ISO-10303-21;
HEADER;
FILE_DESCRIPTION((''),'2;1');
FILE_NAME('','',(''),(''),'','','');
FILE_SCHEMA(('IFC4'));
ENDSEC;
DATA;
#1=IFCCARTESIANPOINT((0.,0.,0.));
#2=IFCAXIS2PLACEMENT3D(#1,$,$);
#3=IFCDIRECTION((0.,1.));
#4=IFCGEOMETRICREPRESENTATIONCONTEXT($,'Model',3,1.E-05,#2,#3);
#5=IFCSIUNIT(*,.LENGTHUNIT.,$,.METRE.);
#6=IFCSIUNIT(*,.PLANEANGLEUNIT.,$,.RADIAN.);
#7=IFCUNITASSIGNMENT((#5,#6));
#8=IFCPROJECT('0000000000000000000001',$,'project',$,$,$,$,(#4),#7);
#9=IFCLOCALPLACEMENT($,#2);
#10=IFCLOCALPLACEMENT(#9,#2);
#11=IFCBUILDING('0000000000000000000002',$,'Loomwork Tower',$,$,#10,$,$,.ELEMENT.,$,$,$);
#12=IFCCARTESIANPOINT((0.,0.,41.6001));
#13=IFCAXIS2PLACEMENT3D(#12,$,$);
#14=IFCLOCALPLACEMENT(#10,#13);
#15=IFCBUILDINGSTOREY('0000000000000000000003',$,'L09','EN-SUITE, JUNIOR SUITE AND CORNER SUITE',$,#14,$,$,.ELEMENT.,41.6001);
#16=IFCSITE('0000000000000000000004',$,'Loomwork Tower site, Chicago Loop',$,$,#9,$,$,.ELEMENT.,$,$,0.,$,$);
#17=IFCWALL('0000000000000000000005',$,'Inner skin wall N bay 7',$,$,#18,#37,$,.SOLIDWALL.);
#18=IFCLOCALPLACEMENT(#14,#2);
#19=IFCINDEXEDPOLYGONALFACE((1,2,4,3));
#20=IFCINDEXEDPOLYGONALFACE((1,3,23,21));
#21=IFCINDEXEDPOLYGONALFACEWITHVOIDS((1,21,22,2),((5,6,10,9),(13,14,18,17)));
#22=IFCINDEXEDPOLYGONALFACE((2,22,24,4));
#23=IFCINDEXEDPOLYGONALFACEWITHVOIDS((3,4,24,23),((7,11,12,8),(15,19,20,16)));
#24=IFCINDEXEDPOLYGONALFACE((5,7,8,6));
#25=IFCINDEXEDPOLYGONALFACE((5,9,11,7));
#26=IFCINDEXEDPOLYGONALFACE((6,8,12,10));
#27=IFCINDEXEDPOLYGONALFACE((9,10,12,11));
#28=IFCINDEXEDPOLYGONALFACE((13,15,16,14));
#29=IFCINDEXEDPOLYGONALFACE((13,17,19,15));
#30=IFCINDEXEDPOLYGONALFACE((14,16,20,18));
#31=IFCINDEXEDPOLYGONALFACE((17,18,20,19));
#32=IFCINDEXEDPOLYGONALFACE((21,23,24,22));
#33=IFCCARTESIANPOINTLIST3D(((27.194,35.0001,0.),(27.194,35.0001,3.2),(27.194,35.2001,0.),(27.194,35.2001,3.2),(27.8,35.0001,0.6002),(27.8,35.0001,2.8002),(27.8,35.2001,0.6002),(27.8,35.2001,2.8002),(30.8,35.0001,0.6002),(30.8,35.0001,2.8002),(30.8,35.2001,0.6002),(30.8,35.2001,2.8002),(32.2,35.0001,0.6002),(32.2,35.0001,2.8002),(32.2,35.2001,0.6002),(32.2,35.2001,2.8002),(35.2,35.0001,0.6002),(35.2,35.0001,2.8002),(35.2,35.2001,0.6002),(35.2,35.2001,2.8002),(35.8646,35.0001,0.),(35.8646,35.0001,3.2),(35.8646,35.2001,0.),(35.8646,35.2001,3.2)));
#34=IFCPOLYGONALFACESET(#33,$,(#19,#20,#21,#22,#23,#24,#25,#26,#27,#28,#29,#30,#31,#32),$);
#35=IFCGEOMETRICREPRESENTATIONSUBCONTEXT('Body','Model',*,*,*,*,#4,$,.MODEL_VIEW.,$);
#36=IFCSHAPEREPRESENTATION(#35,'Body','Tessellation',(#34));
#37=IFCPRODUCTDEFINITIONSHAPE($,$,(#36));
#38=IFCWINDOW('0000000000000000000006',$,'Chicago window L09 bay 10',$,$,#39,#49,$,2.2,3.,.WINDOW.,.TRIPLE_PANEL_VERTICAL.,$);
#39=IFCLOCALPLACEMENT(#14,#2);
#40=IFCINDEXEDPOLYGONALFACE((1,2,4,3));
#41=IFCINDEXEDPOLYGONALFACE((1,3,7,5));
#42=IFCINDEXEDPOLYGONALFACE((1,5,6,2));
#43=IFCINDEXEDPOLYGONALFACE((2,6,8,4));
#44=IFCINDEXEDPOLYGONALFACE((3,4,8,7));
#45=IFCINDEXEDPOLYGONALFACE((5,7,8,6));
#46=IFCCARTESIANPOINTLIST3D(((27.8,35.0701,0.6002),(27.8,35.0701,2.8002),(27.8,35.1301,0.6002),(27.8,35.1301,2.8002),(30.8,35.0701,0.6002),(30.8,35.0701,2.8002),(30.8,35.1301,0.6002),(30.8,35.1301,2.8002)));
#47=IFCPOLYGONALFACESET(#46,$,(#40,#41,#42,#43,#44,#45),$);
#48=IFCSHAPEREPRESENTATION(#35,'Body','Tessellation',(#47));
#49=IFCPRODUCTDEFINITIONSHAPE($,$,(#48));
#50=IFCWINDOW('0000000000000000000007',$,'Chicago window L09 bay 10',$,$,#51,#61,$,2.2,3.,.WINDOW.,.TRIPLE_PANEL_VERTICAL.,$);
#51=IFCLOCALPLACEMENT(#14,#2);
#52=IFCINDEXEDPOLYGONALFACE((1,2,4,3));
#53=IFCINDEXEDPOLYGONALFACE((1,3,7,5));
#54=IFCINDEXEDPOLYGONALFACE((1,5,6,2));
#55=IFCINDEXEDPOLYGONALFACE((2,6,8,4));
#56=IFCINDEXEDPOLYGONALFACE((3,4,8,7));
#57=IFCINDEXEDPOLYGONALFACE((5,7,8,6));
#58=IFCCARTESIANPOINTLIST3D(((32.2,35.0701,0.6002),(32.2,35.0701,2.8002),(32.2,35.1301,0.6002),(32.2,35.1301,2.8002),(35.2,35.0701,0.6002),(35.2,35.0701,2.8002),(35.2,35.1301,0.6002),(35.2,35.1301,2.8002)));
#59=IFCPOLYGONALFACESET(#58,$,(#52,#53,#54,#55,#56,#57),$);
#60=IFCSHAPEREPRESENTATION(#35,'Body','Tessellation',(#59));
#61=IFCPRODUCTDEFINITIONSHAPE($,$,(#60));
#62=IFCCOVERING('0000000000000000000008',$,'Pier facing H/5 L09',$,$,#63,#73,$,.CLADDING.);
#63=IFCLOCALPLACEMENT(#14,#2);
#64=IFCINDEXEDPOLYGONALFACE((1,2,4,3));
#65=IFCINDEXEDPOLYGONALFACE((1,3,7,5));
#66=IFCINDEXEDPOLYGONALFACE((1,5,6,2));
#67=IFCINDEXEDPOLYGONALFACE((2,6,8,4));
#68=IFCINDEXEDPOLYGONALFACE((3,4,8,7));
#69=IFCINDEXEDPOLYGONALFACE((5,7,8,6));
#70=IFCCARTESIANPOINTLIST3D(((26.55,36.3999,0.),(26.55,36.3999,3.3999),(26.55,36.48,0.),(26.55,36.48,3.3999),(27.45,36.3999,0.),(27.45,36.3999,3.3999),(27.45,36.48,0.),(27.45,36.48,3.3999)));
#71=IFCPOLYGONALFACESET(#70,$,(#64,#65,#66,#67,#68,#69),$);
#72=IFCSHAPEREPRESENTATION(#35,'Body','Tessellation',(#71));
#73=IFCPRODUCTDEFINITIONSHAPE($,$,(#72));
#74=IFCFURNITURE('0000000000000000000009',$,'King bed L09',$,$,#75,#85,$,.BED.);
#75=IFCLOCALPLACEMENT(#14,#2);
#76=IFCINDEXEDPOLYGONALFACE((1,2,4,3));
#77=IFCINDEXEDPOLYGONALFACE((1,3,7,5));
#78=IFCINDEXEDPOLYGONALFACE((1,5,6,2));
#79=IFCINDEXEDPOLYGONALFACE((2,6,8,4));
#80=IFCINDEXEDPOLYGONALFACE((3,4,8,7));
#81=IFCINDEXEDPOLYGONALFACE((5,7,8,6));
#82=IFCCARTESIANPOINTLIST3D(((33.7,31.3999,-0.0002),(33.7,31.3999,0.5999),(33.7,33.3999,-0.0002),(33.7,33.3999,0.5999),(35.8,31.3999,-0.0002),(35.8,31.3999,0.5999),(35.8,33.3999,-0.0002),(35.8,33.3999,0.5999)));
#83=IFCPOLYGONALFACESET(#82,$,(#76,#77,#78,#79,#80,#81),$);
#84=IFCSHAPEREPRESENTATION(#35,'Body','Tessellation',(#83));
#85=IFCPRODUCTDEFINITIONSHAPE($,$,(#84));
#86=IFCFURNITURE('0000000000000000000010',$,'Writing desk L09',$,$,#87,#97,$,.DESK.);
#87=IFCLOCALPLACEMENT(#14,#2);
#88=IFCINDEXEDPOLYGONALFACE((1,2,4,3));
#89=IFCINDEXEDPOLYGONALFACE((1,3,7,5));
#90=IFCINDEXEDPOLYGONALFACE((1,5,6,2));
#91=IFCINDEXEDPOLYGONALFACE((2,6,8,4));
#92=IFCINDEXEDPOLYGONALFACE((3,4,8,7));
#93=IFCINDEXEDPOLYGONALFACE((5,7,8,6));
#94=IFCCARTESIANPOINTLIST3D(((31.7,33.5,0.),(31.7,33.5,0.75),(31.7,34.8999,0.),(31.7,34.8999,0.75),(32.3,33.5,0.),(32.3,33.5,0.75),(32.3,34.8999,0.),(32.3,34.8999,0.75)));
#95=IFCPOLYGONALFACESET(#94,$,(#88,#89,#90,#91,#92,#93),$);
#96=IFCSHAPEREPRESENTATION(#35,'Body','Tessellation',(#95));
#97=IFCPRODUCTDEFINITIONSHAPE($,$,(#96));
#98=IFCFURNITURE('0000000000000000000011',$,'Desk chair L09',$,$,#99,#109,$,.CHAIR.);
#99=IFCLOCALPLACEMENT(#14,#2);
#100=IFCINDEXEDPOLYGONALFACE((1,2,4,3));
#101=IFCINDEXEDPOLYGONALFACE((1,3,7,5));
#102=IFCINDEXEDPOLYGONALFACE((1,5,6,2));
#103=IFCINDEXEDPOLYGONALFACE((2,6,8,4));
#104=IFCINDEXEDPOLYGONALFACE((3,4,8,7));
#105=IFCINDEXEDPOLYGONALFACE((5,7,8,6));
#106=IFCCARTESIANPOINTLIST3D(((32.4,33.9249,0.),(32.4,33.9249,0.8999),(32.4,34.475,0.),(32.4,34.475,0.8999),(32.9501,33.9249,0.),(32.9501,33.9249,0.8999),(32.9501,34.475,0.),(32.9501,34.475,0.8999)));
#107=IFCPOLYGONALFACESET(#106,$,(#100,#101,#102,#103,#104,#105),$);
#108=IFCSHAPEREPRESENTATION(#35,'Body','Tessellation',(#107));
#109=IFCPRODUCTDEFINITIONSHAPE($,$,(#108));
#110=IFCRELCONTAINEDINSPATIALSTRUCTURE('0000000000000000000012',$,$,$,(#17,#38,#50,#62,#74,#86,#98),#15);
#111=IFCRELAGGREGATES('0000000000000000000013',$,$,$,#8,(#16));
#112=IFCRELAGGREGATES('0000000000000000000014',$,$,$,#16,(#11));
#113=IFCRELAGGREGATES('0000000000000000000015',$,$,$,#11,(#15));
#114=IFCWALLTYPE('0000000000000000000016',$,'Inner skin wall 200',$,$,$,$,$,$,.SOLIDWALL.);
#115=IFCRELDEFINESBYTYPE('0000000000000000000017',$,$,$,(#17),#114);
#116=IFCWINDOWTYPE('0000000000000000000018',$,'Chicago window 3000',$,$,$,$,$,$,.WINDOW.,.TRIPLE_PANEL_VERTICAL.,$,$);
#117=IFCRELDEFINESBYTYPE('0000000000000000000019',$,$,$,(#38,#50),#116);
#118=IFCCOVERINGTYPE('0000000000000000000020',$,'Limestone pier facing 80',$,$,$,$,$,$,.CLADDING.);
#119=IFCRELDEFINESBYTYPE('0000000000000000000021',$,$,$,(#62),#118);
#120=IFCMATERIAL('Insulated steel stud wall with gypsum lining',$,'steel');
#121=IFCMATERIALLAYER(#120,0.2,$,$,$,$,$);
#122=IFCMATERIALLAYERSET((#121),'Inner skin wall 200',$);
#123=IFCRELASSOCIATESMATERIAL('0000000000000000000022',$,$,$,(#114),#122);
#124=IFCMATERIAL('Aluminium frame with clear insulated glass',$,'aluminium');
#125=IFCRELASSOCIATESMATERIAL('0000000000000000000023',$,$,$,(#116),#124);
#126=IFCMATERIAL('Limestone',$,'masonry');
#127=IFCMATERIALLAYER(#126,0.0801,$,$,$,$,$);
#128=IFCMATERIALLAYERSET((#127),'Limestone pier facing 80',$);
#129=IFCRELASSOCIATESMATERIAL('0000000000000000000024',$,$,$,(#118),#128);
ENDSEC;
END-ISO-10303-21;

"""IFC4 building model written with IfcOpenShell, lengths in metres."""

from ifc_helpers import new_model, si_unit, direction, frame, frame_2d, origin, origin_2d, place, context, subcontext, project, spatial, rectangle, extrude, material, layer, layer_set, type_object, element, fill, save


model = new_model("IFC4")

# Units and contexts
model_context = context("Model", 3, precision=1e-05, world=origin(), true_north=direction((0.0, 1.0)))
body_context = subcontext(model_context, "Body", "Model", "MODEL_VIEW")
ifc_project = project(units=[si_unit("LENGTHUNIT", "METRE"), si_unit("PLANEANGLEUNIT", "RADIAN")], contexts=[model_context])

# Site, building, storey
site_placement = place(None, origin())
site = spatial("IfcSite", under=ifc_project, at=site_placement, Name="Loomwork Tower site, Chicago Loop", CompositionType="ELEMENT", RefElevation=0.0)
building_placement = place(site_placement, origin())
building = spatial("IfcBuilding", under=site, at=building_placement, Name="Loomwork Tower", CompositionType="ELEMENT")
storey_placement = place(building_placement, frame((0.0, 0.0, 41.6001)))
storey = spatial("IfcBuildingStorey", under=building, at=storey_placement, Name="L09", Description="EN-SUITE, JUNIOR SUITE AND CORNER SUITE", CompositionType="ELEMENT", Elevation=41.6001)

# Shared definitions
ifc_material_1 = material(Name="Insulated steel stud wall with gypsum lining", Category="steel")
ifc_layer_1 = layer(ifc_material_1, 0.2)
ifc_layer_set_1 = layer_set([ifc_layer_1], Name="Inner skin wall 200")
wall_type = type_object("IfcWallType", Name="Inner skin wall 200", PredefinedType="SOLIDWALL", material=ifc_layer_set_1)

# Wall, openings, windows
wall_1_placement = place(storey_placement, frame((27.1938, 35.1001, 0.0), z_axis=(0.0, 0.0, 1.0), x_axis=(1.0, 0.0, 0.0)))
wall_1 = element("IfcWall", 1, at=wall_1_placement, inside=storey, type_object=wall_type, Name="Inner skin wall N bay 7", PredefinedType="SOLIDWALL", context=body_context, shape_type="SweptSolid", body=[
    extrude(rectangle(XDim=8.6707, YDim=0.2, at=frame_2d((4.3354, 0.0))), origin(), (0.0, 0.0, 1.0), 3.2),
])
opening_1_placement = place(wall_1_placement, frame((0.6062, 0.0, 0.6001)))
opening_1 = element("IfcOpeningElement", 2, at=opening_1_placement, cuts=wall_1, PredefinedType="OPENING", context=body_context, shape_type="SweptSolid", body=[
    extrude(rectangle(XDim=3.0, YDim=2.2, at=frame_2d((1.5, 1.1001))), frame((0.0, 0.1099, 0.0), z_axis=(0.0, -1.0, 0.0), x_axis=(1.0, 0.0, 0.0)), (0.0, 0.0, 1.0), 0.22),
])
opening_2_placement = place(wall_1_placement, frame((5.0061, 0.0, 0.6001)))
opening_2 = element("IfcOpeningElement", 3, at=opening_2_placement, cuts=wall_1, PredefinedType="OPENING", context=body_context, shape_type="SweptSolid", body=[
    extrude(rectangle(XDim=3.0, YDim=2.2, at=frame_2d((1.5, 1.1001))), frame((0.0, 0.1099, 0.0), z_axis=(0.0, -1.0, 0.0), x_axis=(1.0, 0.0, 0.0)), (0.0, 0.0, 1.0), 0.22),
])
ifc_material_2 = material(Name="Aluminium frame with clear insulated glass", Category="aluminium")
window_type = type_object("IfcWindowType", Name="Chicago window 3000", PartitioningType="TRIPLE_PANEL_VERTICAL", PredefinedType="WINDOW", material=ifc_material_2)
window_1_placement = place(opening_1_placement, origin())
window_1 = element("IfcWindow", 4, at=window_1_placement, inside=storey, type_object=window_type, Name="Chicago window L09 bay 10", OverallHeight=2.2, OverallWidth=3.0, PartitioningType="TRIPLE_PANEL_VERTICAL", PredefinedType="WINDOW", context=body_context, shape_type="SweptSolid", body=[
    extrude(rectangle(XDim=3.0, YDim=2.2, at=frame_2d((1.5, 1.1001))), frame((0.0, 0.03, 0.0), z_axis=(0.0, -1.0, 0.0), x_axis=(1.0, 0.0, 0.0)), (0.0, 0.0, 1.0), 0.0601),
])
fill(opening_1, window_1)
window_2_placement = place(opening_2_placement, origin())
window_2 = element("IfcWindow", 5, at=window_2_placement, inside=storey, type_object=window_type, Name="Chicago window L09 bay 10", OverallHeight=2.2, OverallWidth=3.0, PartitioningType="TRIPLE_PANEL_VERTICAL", PredefinedType="WINDOW", context=body_context, shape_type="SweptSolid", body=[
    extrude(rectangle(XDim=3.0, YDim=2.2, at=frame_2d((1.5, 1.1001))), frame((0.0, 0.03, 0.0), z_axis=(0.0, -1.0, 0.0), x_axis=(1.0, 0.0, 0.0)), (0.0, 0.0, 1.0), 0.0601),
])
fill(opening_2, window_2)

# Covering
ifc_material_3 = material(Name="Limestone", Category="masonry")
ifc_layer_2 = layer(ifc_material_3, 0.0801)
ifc_layer_set_2 = layer_set([ifc_layer_2], Name="Limestone pier facing 80")
covering_type = type_object("IfcCoveringType", Name="Limestone pier facing 80", PredefinedType="CLADDING", material=ifc_layer_set_2)
covering_placement = place(storey_placement, frame((27.0, 36.4399, 0.0), z_axis=(0.0, 0.0, 1.0), x_axis=(1.0, 0.0, 0.0)))
element("IfcCovering", 6, at=covering_placement, inside=storey, type_object=covering_type, Name="Pier facing H/5 L09", PredefinedType="CLADDING", context=body_context, shape_type="SweptSolid", body=[
    extrude(rectangle(XDim=0.8999, YDim=0.0801, at=origin_2d()), origin(), (0.0, 0.0, 1.0), 3.3999),
])

# Furniture
furniture_1_placement = place(storey_placement, frame((34.75, 32.3999, -0.0002), z_axis=(0.0, 0.0, 1.0), x_axis=(1.0, 0.0, 0.0)))
element("IfcFurniture", 7, at=furniture_1_placement, inside=storey, Name="King bed L09", PredefinedType="BED", context=body_context, shape_type="SweptSolid", body=[
    extrude(rectangle(XDim=2.1001, YDim=2.0, at=origin_2d()), origin(), (0.0, 0.0, 1.0), 0.6001),
])
furniture_2_placement = place(storey_placement, frame((32.0, 34.2, 0.0), z_axis=(0.0, 0.0, 1.0), x_axis=(1.0, 0.0, 0.0)))
element("IfcFurniture", 8, at=furniture_2_placement, inside=storey, Name="Writing desk L09", PredefinedType="DESK", context=body_context, shape_type="SweptSolid", body=[
    extrude(rectangle(XDim=0.6001, YDim=1.3999, at=origin_2d()), origin(), (0.0, 0.0, 1.0), 0.75),
])
furniture_3_placement = place(storey_placement, frame((32.675, 34.2, 0.0), z_axis=(0.0, 0.0, 1.0), x_axis=(1.0, 0.0, 0.0)))
element("IfcFurniture", 9, at=furniture_3_placement, inside=storey, Name="Desk chair L09", PredefinedType="CHAIR", context=body_context, shape_type="SweptSolid", body=[
    extrude(rectangle(XDim=0.55, YDim=0.55, at=origin_2d()), origin(), (0.0, 0.0, 1.0), 0.8999),
])

save(model, "model.ifc")
